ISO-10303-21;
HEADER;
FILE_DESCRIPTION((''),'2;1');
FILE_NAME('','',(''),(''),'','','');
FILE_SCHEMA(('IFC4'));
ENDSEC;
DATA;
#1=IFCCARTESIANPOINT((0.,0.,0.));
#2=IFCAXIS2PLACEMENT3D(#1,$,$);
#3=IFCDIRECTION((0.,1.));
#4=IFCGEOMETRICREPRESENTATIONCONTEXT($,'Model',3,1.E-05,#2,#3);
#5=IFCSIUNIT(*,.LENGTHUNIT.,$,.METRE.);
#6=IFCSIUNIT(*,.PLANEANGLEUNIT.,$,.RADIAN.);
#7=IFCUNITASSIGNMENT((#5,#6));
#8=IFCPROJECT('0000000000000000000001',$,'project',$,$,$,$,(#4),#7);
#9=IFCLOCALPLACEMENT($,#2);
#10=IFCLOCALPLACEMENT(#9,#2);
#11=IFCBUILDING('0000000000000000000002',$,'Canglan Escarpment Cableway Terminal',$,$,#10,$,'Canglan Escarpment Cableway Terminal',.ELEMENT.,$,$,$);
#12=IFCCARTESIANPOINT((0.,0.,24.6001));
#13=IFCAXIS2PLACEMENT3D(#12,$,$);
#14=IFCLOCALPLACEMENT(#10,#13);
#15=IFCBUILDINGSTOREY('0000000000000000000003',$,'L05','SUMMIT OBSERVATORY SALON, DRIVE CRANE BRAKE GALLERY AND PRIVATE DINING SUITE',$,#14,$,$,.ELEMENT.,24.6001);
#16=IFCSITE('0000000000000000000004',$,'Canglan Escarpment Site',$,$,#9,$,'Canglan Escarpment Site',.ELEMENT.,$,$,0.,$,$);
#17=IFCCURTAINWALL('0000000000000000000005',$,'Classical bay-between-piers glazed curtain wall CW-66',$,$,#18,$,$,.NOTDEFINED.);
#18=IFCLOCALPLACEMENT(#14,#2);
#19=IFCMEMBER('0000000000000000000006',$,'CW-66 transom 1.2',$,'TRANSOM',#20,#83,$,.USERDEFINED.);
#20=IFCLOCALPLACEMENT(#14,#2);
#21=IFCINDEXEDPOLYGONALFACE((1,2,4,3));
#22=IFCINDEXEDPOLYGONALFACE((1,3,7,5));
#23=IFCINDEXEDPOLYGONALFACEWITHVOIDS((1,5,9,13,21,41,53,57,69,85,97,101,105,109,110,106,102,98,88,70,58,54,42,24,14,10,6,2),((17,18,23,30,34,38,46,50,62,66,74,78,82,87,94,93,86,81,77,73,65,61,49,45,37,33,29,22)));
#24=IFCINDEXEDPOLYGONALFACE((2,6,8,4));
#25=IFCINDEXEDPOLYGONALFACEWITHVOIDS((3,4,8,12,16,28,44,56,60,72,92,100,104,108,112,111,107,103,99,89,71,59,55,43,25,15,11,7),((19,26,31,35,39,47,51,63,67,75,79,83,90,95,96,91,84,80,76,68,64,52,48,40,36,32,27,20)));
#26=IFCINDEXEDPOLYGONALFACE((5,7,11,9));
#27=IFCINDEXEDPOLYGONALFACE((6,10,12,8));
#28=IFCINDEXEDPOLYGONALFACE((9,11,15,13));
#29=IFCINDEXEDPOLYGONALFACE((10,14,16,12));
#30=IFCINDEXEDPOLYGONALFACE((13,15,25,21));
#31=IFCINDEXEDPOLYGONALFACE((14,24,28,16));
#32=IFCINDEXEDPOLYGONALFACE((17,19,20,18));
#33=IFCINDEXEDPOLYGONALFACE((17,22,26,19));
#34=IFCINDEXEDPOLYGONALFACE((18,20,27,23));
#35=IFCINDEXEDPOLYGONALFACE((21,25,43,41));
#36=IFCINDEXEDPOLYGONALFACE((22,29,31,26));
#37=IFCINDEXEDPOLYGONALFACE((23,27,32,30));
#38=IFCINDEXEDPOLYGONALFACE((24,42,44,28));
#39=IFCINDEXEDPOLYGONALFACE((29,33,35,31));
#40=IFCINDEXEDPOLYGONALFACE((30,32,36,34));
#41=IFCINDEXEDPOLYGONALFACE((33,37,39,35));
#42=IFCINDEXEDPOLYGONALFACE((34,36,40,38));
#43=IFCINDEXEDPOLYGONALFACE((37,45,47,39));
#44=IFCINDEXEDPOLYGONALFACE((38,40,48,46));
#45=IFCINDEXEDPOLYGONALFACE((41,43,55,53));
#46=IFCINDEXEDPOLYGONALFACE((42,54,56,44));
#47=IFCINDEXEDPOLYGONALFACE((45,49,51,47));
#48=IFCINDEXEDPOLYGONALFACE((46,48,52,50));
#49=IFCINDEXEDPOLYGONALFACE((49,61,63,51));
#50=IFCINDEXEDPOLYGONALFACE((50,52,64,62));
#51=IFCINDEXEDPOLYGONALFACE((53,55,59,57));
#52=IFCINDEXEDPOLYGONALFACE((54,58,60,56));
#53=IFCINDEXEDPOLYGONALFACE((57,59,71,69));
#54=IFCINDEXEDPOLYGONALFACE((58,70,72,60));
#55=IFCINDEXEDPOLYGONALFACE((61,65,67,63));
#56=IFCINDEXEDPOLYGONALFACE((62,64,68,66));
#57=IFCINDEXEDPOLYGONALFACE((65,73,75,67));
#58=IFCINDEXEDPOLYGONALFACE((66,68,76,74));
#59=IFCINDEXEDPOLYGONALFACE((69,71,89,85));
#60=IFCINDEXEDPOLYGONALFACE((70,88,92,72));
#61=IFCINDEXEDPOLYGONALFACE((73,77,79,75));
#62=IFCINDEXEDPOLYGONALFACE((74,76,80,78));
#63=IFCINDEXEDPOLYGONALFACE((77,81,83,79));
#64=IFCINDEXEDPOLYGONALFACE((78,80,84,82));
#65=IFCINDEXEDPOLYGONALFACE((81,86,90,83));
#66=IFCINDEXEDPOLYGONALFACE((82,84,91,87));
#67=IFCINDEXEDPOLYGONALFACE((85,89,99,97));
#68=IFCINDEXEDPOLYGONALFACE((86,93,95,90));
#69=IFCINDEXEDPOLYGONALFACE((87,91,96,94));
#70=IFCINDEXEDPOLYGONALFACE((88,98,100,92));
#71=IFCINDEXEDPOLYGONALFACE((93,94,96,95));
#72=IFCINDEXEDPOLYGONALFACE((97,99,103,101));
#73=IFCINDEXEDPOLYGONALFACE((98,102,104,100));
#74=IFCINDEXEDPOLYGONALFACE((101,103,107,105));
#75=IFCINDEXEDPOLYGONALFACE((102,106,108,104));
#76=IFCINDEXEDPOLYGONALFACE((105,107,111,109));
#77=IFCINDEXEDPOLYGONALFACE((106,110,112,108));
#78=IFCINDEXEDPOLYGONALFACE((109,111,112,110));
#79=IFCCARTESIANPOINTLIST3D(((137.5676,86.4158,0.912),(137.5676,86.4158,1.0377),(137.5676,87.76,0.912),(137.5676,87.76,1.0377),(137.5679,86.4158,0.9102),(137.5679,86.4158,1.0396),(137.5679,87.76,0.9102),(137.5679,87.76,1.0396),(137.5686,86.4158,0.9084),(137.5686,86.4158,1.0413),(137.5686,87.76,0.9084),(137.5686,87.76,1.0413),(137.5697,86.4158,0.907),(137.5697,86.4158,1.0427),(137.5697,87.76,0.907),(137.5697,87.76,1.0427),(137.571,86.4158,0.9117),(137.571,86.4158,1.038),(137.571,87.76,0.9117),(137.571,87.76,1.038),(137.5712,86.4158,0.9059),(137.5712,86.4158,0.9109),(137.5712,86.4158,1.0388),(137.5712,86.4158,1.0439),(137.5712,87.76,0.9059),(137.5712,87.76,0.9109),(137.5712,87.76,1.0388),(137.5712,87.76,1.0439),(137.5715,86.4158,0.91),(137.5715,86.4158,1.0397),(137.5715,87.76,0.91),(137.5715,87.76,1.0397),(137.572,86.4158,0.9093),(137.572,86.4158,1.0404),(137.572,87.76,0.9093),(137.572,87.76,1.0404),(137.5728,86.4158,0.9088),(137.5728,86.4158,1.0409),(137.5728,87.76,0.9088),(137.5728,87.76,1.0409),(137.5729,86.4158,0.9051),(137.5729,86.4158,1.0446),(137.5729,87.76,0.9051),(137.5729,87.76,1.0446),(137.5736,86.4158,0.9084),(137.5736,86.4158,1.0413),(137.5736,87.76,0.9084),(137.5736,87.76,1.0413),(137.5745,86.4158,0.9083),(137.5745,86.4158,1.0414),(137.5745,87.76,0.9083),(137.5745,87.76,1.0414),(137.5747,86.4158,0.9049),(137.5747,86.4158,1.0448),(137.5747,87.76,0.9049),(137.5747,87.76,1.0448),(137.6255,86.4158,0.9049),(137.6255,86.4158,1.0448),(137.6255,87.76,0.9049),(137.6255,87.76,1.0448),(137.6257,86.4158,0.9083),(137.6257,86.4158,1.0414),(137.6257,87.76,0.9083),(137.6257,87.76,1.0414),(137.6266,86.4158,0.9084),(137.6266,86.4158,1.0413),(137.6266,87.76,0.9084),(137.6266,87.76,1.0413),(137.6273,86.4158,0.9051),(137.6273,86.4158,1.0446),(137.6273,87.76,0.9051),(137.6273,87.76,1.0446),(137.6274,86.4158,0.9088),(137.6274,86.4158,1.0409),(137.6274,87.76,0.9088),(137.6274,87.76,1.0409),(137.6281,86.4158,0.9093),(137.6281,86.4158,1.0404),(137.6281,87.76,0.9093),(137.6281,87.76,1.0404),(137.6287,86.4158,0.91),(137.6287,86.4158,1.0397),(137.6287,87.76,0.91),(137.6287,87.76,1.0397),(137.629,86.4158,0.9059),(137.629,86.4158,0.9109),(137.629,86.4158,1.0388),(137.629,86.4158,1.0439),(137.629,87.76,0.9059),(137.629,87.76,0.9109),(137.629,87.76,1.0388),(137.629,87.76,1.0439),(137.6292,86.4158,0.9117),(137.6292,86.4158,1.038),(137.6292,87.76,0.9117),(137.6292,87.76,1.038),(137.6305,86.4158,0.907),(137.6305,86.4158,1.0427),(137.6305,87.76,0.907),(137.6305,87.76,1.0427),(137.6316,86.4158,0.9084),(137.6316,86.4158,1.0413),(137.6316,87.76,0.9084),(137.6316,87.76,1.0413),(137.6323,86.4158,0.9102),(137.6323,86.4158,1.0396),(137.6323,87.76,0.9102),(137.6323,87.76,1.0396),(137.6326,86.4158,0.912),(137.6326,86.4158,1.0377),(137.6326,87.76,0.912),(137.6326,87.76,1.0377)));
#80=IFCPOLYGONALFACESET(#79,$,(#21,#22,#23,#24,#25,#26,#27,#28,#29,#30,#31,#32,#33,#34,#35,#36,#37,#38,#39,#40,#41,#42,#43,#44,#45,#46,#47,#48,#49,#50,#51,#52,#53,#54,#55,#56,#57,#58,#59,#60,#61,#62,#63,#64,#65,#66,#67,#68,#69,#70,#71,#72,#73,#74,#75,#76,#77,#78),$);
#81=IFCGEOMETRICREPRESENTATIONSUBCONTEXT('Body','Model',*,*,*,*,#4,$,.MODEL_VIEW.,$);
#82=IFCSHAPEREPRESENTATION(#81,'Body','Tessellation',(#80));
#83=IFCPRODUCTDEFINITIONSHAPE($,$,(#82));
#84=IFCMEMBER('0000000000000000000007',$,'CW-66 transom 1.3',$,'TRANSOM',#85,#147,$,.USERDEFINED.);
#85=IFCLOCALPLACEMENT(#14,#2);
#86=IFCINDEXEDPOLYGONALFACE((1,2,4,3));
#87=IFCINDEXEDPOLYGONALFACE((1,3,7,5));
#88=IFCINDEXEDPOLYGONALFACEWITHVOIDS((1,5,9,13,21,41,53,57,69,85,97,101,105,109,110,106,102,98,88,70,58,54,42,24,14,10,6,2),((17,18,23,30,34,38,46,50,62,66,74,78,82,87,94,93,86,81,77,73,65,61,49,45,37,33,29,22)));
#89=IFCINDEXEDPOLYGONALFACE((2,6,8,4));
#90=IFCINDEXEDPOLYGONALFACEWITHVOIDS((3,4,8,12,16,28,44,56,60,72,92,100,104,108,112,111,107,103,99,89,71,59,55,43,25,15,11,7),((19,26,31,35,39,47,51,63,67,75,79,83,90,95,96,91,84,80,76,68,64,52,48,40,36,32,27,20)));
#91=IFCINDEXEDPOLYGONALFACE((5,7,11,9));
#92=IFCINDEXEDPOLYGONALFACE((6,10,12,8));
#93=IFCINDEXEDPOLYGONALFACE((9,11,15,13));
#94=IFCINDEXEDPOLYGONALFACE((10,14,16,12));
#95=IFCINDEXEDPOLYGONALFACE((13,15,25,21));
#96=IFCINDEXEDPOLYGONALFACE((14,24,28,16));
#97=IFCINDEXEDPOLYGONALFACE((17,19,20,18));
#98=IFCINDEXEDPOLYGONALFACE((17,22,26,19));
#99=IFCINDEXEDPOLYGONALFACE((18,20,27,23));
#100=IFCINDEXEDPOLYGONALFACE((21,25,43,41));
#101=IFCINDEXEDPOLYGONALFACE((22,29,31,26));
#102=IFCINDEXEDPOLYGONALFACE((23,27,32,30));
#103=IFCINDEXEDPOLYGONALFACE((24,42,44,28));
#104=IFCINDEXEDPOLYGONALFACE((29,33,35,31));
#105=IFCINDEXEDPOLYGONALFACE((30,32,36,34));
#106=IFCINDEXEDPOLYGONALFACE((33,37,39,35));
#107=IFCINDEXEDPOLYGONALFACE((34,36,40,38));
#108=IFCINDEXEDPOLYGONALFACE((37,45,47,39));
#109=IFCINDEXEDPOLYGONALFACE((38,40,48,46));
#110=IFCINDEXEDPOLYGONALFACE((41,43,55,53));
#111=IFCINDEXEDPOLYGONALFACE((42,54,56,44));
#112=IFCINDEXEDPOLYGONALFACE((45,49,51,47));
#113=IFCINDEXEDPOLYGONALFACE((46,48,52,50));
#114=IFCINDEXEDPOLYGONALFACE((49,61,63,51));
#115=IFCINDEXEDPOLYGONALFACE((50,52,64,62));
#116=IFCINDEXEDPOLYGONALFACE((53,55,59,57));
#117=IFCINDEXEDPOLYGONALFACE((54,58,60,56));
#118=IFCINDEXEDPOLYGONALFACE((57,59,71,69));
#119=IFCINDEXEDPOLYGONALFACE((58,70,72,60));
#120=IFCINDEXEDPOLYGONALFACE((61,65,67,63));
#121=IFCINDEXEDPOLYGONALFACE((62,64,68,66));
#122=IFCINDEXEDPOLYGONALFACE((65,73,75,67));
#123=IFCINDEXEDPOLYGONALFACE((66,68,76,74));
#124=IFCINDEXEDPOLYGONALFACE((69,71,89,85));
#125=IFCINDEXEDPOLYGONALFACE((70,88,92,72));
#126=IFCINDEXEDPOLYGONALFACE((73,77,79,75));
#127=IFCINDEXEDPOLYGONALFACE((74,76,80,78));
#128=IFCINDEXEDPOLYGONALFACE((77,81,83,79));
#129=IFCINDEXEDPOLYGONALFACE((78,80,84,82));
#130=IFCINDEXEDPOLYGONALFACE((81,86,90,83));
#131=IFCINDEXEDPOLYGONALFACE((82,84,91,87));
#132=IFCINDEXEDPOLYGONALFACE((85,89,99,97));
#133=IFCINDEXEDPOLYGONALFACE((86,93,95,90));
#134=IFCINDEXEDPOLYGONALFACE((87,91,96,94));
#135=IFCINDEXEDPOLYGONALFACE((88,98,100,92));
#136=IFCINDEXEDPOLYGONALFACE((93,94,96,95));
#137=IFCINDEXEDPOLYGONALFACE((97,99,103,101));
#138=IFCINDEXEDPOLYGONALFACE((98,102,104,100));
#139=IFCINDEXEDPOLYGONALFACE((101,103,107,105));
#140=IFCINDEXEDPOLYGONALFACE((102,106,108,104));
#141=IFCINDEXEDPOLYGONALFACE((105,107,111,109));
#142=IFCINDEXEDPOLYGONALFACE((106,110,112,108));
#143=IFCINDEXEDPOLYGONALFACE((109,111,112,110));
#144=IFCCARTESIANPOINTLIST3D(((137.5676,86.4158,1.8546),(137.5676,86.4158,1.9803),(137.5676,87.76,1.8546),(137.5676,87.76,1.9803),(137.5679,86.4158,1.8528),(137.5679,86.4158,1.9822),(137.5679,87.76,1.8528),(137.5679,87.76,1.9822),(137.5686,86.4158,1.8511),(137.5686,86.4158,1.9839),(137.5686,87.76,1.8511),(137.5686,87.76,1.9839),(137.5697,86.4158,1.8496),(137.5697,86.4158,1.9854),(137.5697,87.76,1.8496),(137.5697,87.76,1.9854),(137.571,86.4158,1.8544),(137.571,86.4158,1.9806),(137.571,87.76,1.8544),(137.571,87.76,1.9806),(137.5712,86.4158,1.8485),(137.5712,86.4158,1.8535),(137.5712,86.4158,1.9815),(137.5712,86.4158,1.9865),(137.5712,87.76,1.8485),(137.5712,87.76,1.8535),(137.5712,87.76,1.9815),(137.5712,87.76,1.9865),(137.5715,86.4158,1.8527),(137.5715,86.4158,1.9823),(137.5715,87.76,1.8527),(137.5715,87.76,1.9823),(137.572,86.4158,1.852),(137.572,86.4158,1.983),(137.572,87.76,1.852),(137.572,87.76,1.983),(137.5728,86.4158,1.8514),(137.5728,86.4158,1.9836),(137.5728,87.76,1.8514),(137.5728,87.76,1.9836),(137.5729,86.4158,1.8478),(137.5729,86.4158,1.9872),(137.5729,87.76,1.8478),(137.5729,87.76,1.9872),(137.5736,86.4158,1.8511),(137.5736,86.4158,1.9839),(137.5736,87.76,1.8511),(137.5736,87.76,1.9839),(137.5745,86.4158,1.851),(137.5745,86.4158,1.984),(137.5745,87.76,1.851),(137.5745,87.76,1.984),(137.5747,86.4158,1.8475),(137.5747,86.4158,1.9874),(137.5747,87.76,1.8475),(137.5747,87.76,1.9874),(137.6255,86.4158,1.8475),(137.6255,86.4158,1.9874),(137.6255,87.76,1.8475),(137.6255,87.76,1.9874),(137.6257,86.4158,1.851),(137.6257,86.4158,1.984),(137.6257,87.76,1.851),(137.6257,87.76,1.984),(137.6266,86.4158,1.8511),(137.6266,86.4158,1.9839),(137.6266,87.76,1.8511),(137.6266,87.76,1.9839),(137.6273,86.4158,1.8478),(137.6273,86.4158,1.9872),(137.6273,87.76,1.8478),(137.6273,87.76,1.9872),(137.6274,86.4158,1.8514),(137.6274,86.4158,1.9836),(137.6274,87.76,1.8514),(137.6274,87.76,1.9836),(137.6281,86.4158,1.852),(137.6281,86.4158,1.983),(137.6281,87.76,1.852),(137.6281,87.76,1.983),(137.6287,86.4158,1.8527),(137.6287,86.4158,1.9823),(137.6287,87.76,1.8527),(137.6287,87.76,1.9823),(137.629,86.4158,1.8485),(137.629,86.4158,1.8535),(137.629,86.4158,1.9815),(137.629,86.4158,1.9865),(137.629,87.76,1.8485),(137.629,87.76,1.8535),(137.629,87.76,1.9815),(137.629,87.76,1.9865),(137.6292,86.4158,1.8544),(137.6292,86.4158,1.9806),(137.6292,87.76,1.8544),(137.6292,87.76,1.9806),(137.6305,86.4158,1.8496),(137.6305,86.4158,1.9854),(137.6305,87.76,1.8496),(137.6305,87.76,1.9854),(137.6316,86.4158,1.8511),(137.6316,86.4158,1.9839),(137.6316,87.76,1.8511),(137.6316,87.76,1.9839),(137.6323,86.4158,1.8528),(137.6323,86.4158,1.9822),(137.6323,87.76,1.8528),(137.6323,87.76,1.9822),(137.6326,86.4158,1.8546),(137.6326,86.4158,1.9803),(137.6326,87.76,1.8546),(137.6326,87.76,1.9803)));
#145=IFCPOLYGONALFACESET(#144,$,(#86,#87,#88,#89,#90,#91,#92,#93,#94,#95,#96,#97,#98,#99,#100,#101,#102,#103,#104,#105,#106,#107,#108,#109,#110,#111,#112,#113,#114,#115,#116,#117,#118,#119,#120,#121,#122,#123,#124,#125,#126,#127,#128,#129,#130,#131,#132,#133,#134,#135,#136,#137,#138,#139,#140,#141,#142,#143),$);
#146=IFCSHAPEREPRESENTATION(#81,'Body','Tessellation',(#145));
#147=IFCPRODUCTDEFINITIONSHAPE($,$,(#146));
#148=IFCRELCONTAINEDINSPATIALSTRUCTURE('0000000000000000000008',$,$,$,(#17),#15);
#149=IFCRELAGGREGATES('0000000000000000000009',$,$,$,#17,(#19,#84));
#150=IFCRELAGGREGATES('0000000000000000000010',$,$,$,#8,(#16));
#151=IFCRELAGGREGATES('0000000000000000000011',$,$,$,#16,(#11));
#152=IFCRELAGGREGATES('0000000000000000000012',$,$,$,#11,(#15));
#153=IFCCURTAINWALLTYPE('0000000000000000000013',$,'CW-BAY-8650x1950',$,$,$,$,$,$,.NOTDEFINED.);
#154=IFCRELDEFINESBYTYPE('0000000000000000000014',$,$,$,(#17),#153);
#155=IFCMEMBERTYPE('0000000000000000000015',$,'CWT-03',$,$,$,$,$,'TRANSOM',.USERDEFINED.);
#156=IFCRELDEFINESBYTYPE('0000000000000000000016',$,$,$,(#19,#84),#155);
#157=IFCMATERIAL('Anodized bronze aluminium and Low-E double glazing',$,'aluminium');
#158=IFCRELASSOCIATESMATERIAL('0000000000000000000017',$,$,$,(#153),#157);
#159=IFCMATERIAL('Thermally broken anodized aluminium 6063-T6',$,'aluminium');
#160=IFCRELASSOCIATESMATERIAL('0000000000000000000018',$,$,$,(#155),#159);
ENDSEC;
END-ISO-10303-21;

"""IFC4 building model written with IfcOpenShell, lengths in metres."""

from ifc_helpers import new_model, si_unit, direction, frame, origin, origin_2d, place, context, subcontext, project, spatial, hollow_rectangle, extrude, material, material_profile, profile_set, type_object, element, aggregate, save


model = new_model("IFC4")

# Units and contexts
model_context = context("Model", 3, precision=1e-05, world=origin(), true_north=direction((0.0, 1.0)))
body_context = subcontext(model_context, "Body", "Model", "MODEL_VIEW")
ifc_project = project(units=[si_unit("LENGTHUNIT", "METRE"), si_unit("PLANEANGLEUNIT", "RADIAN")], contexts=[model_context])

# Site, building, storey
site_placement = place(None, origin())
site = spatial("IfcSite", under=ifc_project, at=site_placement, Name="Canglan Escarpment Site", LongName="Canglan Escarpment Site", CompositionType="ELEMENT", RefElevation=0.0)
building_placement = place(site_placement, origin())
building = spatial("IfcBuilding", under=site, at=building_placement, Name="Canglan Escarpment Cableway Terminal", LongName="Canglan Escarpment Cableway Terminal", CompositionType="ELEMENT")
storey_placement = place(building_placement, frame((0.0, 0.0, 24.6001)))
storey = spatial("IfcBuildingStorey", under=building, at=storey_placement, Name="L05", Description="SUMMIT OBSERVATORY SALON, DRIVE CRANE BRAKE GALLERY AND PRIVATE DINING SUITE", CompositionType="ELEMENT", Elevation=24.6001)

# Curtain wall, members
ifc_material_1 = material(Name="Anodized bronze aluminium and Low-E double glazing", Category="aluminium")
curtain_wall_type = type_object("IfcCurtainWallType", Name="CW-BAY-8650x1950", PredefinedType="NOTDEFINED", material=ifc_material_1)
curtain_wall_placement = place(storey_placement, origin())
curtain_wall = element("IfcCurtainWall", 1, at=curtain_wall_placement, inside=storey, type_object=curtain_wall_type, Name="Classical bay-between-piers glazed curtain wall CW-66", PredefinedType="NOTDEFINED")
ifc_material_2 = material(Name="Thermally broken anodized aluminium 6063-T6", Category="aluminium")
ifc_material_profile_1 = material_profile(ifc_material_2, hollow_rectangle(XDim=0.0649, YDim=0.1399, WallThickness=0.0034, InnerFilletRadius=0.0034, OuterFilletRadius=0.0071, at=origin_2d()), Name="ALU-TRAN 65x140x3.5")
ifc_profile_set_1 = profile_set([ifc_material_profile_1], Name="Thermally broken anodized aluminium 6063-T6")
member_type_1 = type_object("IfcMemberType", Name="CWT-03", ElementType="TRANSOM", PredefinedType="USERDEFINED", material=ifc_profile_set_1)
member_1_placement = place(storey_placement, frame((137.6001, 87.76, 0.9749), z_axis=(0.0, -1.0, 0.0), x_axis=(1.0, 0.0, 0.0)))
member_1 = element("IfcMember", 2, at=member_1_placement, type_object=member_type_1, Name="CW-66 transom 1.2", ObjectType="TRANSOM", PredefinedType="USERDEFINED", context=body_context, shape_type="SweptSolid", body=[
    extrude(hollow_rectangle(XDim=0.0649, YDim=0.1399, WallThickness=0.0034, InnerFilletRadius=0.0034, OuterFilletRadius=0.0071, at=origin_2d()), origin(), (0.0, 0.0, 1.0), 1.3442),
])
member_2_placement = place(storey_placement, frame((137.6001, 87.76, 1.9175), z_axis=(0.0, -1.0, 0.0), x_axis=(1.0, 0.0, 0.0)))
member_2 = element("IfcMember", 3, at=member_2_placement, type_object=member_type_1, Name="CW-66 transom 1.3", ObjectType="TRANSOM", PredefinedType="USERDEFINED", context=body_context, shape_type="SweptSolid", body=[
    extrude(hollow_rectangle(XDim=0.0649, YDim=0.1399, WallThickness=0.0034, InnerFilletRadius=0.0034, OuterFilletRadius=0.0071, at=origin_2d()), origin(), (0.0, 0.0, 1.0), 1.3442),
])
aggregate(curtain_wall, [member_1, member_2])

save(model, "model.ifc")
